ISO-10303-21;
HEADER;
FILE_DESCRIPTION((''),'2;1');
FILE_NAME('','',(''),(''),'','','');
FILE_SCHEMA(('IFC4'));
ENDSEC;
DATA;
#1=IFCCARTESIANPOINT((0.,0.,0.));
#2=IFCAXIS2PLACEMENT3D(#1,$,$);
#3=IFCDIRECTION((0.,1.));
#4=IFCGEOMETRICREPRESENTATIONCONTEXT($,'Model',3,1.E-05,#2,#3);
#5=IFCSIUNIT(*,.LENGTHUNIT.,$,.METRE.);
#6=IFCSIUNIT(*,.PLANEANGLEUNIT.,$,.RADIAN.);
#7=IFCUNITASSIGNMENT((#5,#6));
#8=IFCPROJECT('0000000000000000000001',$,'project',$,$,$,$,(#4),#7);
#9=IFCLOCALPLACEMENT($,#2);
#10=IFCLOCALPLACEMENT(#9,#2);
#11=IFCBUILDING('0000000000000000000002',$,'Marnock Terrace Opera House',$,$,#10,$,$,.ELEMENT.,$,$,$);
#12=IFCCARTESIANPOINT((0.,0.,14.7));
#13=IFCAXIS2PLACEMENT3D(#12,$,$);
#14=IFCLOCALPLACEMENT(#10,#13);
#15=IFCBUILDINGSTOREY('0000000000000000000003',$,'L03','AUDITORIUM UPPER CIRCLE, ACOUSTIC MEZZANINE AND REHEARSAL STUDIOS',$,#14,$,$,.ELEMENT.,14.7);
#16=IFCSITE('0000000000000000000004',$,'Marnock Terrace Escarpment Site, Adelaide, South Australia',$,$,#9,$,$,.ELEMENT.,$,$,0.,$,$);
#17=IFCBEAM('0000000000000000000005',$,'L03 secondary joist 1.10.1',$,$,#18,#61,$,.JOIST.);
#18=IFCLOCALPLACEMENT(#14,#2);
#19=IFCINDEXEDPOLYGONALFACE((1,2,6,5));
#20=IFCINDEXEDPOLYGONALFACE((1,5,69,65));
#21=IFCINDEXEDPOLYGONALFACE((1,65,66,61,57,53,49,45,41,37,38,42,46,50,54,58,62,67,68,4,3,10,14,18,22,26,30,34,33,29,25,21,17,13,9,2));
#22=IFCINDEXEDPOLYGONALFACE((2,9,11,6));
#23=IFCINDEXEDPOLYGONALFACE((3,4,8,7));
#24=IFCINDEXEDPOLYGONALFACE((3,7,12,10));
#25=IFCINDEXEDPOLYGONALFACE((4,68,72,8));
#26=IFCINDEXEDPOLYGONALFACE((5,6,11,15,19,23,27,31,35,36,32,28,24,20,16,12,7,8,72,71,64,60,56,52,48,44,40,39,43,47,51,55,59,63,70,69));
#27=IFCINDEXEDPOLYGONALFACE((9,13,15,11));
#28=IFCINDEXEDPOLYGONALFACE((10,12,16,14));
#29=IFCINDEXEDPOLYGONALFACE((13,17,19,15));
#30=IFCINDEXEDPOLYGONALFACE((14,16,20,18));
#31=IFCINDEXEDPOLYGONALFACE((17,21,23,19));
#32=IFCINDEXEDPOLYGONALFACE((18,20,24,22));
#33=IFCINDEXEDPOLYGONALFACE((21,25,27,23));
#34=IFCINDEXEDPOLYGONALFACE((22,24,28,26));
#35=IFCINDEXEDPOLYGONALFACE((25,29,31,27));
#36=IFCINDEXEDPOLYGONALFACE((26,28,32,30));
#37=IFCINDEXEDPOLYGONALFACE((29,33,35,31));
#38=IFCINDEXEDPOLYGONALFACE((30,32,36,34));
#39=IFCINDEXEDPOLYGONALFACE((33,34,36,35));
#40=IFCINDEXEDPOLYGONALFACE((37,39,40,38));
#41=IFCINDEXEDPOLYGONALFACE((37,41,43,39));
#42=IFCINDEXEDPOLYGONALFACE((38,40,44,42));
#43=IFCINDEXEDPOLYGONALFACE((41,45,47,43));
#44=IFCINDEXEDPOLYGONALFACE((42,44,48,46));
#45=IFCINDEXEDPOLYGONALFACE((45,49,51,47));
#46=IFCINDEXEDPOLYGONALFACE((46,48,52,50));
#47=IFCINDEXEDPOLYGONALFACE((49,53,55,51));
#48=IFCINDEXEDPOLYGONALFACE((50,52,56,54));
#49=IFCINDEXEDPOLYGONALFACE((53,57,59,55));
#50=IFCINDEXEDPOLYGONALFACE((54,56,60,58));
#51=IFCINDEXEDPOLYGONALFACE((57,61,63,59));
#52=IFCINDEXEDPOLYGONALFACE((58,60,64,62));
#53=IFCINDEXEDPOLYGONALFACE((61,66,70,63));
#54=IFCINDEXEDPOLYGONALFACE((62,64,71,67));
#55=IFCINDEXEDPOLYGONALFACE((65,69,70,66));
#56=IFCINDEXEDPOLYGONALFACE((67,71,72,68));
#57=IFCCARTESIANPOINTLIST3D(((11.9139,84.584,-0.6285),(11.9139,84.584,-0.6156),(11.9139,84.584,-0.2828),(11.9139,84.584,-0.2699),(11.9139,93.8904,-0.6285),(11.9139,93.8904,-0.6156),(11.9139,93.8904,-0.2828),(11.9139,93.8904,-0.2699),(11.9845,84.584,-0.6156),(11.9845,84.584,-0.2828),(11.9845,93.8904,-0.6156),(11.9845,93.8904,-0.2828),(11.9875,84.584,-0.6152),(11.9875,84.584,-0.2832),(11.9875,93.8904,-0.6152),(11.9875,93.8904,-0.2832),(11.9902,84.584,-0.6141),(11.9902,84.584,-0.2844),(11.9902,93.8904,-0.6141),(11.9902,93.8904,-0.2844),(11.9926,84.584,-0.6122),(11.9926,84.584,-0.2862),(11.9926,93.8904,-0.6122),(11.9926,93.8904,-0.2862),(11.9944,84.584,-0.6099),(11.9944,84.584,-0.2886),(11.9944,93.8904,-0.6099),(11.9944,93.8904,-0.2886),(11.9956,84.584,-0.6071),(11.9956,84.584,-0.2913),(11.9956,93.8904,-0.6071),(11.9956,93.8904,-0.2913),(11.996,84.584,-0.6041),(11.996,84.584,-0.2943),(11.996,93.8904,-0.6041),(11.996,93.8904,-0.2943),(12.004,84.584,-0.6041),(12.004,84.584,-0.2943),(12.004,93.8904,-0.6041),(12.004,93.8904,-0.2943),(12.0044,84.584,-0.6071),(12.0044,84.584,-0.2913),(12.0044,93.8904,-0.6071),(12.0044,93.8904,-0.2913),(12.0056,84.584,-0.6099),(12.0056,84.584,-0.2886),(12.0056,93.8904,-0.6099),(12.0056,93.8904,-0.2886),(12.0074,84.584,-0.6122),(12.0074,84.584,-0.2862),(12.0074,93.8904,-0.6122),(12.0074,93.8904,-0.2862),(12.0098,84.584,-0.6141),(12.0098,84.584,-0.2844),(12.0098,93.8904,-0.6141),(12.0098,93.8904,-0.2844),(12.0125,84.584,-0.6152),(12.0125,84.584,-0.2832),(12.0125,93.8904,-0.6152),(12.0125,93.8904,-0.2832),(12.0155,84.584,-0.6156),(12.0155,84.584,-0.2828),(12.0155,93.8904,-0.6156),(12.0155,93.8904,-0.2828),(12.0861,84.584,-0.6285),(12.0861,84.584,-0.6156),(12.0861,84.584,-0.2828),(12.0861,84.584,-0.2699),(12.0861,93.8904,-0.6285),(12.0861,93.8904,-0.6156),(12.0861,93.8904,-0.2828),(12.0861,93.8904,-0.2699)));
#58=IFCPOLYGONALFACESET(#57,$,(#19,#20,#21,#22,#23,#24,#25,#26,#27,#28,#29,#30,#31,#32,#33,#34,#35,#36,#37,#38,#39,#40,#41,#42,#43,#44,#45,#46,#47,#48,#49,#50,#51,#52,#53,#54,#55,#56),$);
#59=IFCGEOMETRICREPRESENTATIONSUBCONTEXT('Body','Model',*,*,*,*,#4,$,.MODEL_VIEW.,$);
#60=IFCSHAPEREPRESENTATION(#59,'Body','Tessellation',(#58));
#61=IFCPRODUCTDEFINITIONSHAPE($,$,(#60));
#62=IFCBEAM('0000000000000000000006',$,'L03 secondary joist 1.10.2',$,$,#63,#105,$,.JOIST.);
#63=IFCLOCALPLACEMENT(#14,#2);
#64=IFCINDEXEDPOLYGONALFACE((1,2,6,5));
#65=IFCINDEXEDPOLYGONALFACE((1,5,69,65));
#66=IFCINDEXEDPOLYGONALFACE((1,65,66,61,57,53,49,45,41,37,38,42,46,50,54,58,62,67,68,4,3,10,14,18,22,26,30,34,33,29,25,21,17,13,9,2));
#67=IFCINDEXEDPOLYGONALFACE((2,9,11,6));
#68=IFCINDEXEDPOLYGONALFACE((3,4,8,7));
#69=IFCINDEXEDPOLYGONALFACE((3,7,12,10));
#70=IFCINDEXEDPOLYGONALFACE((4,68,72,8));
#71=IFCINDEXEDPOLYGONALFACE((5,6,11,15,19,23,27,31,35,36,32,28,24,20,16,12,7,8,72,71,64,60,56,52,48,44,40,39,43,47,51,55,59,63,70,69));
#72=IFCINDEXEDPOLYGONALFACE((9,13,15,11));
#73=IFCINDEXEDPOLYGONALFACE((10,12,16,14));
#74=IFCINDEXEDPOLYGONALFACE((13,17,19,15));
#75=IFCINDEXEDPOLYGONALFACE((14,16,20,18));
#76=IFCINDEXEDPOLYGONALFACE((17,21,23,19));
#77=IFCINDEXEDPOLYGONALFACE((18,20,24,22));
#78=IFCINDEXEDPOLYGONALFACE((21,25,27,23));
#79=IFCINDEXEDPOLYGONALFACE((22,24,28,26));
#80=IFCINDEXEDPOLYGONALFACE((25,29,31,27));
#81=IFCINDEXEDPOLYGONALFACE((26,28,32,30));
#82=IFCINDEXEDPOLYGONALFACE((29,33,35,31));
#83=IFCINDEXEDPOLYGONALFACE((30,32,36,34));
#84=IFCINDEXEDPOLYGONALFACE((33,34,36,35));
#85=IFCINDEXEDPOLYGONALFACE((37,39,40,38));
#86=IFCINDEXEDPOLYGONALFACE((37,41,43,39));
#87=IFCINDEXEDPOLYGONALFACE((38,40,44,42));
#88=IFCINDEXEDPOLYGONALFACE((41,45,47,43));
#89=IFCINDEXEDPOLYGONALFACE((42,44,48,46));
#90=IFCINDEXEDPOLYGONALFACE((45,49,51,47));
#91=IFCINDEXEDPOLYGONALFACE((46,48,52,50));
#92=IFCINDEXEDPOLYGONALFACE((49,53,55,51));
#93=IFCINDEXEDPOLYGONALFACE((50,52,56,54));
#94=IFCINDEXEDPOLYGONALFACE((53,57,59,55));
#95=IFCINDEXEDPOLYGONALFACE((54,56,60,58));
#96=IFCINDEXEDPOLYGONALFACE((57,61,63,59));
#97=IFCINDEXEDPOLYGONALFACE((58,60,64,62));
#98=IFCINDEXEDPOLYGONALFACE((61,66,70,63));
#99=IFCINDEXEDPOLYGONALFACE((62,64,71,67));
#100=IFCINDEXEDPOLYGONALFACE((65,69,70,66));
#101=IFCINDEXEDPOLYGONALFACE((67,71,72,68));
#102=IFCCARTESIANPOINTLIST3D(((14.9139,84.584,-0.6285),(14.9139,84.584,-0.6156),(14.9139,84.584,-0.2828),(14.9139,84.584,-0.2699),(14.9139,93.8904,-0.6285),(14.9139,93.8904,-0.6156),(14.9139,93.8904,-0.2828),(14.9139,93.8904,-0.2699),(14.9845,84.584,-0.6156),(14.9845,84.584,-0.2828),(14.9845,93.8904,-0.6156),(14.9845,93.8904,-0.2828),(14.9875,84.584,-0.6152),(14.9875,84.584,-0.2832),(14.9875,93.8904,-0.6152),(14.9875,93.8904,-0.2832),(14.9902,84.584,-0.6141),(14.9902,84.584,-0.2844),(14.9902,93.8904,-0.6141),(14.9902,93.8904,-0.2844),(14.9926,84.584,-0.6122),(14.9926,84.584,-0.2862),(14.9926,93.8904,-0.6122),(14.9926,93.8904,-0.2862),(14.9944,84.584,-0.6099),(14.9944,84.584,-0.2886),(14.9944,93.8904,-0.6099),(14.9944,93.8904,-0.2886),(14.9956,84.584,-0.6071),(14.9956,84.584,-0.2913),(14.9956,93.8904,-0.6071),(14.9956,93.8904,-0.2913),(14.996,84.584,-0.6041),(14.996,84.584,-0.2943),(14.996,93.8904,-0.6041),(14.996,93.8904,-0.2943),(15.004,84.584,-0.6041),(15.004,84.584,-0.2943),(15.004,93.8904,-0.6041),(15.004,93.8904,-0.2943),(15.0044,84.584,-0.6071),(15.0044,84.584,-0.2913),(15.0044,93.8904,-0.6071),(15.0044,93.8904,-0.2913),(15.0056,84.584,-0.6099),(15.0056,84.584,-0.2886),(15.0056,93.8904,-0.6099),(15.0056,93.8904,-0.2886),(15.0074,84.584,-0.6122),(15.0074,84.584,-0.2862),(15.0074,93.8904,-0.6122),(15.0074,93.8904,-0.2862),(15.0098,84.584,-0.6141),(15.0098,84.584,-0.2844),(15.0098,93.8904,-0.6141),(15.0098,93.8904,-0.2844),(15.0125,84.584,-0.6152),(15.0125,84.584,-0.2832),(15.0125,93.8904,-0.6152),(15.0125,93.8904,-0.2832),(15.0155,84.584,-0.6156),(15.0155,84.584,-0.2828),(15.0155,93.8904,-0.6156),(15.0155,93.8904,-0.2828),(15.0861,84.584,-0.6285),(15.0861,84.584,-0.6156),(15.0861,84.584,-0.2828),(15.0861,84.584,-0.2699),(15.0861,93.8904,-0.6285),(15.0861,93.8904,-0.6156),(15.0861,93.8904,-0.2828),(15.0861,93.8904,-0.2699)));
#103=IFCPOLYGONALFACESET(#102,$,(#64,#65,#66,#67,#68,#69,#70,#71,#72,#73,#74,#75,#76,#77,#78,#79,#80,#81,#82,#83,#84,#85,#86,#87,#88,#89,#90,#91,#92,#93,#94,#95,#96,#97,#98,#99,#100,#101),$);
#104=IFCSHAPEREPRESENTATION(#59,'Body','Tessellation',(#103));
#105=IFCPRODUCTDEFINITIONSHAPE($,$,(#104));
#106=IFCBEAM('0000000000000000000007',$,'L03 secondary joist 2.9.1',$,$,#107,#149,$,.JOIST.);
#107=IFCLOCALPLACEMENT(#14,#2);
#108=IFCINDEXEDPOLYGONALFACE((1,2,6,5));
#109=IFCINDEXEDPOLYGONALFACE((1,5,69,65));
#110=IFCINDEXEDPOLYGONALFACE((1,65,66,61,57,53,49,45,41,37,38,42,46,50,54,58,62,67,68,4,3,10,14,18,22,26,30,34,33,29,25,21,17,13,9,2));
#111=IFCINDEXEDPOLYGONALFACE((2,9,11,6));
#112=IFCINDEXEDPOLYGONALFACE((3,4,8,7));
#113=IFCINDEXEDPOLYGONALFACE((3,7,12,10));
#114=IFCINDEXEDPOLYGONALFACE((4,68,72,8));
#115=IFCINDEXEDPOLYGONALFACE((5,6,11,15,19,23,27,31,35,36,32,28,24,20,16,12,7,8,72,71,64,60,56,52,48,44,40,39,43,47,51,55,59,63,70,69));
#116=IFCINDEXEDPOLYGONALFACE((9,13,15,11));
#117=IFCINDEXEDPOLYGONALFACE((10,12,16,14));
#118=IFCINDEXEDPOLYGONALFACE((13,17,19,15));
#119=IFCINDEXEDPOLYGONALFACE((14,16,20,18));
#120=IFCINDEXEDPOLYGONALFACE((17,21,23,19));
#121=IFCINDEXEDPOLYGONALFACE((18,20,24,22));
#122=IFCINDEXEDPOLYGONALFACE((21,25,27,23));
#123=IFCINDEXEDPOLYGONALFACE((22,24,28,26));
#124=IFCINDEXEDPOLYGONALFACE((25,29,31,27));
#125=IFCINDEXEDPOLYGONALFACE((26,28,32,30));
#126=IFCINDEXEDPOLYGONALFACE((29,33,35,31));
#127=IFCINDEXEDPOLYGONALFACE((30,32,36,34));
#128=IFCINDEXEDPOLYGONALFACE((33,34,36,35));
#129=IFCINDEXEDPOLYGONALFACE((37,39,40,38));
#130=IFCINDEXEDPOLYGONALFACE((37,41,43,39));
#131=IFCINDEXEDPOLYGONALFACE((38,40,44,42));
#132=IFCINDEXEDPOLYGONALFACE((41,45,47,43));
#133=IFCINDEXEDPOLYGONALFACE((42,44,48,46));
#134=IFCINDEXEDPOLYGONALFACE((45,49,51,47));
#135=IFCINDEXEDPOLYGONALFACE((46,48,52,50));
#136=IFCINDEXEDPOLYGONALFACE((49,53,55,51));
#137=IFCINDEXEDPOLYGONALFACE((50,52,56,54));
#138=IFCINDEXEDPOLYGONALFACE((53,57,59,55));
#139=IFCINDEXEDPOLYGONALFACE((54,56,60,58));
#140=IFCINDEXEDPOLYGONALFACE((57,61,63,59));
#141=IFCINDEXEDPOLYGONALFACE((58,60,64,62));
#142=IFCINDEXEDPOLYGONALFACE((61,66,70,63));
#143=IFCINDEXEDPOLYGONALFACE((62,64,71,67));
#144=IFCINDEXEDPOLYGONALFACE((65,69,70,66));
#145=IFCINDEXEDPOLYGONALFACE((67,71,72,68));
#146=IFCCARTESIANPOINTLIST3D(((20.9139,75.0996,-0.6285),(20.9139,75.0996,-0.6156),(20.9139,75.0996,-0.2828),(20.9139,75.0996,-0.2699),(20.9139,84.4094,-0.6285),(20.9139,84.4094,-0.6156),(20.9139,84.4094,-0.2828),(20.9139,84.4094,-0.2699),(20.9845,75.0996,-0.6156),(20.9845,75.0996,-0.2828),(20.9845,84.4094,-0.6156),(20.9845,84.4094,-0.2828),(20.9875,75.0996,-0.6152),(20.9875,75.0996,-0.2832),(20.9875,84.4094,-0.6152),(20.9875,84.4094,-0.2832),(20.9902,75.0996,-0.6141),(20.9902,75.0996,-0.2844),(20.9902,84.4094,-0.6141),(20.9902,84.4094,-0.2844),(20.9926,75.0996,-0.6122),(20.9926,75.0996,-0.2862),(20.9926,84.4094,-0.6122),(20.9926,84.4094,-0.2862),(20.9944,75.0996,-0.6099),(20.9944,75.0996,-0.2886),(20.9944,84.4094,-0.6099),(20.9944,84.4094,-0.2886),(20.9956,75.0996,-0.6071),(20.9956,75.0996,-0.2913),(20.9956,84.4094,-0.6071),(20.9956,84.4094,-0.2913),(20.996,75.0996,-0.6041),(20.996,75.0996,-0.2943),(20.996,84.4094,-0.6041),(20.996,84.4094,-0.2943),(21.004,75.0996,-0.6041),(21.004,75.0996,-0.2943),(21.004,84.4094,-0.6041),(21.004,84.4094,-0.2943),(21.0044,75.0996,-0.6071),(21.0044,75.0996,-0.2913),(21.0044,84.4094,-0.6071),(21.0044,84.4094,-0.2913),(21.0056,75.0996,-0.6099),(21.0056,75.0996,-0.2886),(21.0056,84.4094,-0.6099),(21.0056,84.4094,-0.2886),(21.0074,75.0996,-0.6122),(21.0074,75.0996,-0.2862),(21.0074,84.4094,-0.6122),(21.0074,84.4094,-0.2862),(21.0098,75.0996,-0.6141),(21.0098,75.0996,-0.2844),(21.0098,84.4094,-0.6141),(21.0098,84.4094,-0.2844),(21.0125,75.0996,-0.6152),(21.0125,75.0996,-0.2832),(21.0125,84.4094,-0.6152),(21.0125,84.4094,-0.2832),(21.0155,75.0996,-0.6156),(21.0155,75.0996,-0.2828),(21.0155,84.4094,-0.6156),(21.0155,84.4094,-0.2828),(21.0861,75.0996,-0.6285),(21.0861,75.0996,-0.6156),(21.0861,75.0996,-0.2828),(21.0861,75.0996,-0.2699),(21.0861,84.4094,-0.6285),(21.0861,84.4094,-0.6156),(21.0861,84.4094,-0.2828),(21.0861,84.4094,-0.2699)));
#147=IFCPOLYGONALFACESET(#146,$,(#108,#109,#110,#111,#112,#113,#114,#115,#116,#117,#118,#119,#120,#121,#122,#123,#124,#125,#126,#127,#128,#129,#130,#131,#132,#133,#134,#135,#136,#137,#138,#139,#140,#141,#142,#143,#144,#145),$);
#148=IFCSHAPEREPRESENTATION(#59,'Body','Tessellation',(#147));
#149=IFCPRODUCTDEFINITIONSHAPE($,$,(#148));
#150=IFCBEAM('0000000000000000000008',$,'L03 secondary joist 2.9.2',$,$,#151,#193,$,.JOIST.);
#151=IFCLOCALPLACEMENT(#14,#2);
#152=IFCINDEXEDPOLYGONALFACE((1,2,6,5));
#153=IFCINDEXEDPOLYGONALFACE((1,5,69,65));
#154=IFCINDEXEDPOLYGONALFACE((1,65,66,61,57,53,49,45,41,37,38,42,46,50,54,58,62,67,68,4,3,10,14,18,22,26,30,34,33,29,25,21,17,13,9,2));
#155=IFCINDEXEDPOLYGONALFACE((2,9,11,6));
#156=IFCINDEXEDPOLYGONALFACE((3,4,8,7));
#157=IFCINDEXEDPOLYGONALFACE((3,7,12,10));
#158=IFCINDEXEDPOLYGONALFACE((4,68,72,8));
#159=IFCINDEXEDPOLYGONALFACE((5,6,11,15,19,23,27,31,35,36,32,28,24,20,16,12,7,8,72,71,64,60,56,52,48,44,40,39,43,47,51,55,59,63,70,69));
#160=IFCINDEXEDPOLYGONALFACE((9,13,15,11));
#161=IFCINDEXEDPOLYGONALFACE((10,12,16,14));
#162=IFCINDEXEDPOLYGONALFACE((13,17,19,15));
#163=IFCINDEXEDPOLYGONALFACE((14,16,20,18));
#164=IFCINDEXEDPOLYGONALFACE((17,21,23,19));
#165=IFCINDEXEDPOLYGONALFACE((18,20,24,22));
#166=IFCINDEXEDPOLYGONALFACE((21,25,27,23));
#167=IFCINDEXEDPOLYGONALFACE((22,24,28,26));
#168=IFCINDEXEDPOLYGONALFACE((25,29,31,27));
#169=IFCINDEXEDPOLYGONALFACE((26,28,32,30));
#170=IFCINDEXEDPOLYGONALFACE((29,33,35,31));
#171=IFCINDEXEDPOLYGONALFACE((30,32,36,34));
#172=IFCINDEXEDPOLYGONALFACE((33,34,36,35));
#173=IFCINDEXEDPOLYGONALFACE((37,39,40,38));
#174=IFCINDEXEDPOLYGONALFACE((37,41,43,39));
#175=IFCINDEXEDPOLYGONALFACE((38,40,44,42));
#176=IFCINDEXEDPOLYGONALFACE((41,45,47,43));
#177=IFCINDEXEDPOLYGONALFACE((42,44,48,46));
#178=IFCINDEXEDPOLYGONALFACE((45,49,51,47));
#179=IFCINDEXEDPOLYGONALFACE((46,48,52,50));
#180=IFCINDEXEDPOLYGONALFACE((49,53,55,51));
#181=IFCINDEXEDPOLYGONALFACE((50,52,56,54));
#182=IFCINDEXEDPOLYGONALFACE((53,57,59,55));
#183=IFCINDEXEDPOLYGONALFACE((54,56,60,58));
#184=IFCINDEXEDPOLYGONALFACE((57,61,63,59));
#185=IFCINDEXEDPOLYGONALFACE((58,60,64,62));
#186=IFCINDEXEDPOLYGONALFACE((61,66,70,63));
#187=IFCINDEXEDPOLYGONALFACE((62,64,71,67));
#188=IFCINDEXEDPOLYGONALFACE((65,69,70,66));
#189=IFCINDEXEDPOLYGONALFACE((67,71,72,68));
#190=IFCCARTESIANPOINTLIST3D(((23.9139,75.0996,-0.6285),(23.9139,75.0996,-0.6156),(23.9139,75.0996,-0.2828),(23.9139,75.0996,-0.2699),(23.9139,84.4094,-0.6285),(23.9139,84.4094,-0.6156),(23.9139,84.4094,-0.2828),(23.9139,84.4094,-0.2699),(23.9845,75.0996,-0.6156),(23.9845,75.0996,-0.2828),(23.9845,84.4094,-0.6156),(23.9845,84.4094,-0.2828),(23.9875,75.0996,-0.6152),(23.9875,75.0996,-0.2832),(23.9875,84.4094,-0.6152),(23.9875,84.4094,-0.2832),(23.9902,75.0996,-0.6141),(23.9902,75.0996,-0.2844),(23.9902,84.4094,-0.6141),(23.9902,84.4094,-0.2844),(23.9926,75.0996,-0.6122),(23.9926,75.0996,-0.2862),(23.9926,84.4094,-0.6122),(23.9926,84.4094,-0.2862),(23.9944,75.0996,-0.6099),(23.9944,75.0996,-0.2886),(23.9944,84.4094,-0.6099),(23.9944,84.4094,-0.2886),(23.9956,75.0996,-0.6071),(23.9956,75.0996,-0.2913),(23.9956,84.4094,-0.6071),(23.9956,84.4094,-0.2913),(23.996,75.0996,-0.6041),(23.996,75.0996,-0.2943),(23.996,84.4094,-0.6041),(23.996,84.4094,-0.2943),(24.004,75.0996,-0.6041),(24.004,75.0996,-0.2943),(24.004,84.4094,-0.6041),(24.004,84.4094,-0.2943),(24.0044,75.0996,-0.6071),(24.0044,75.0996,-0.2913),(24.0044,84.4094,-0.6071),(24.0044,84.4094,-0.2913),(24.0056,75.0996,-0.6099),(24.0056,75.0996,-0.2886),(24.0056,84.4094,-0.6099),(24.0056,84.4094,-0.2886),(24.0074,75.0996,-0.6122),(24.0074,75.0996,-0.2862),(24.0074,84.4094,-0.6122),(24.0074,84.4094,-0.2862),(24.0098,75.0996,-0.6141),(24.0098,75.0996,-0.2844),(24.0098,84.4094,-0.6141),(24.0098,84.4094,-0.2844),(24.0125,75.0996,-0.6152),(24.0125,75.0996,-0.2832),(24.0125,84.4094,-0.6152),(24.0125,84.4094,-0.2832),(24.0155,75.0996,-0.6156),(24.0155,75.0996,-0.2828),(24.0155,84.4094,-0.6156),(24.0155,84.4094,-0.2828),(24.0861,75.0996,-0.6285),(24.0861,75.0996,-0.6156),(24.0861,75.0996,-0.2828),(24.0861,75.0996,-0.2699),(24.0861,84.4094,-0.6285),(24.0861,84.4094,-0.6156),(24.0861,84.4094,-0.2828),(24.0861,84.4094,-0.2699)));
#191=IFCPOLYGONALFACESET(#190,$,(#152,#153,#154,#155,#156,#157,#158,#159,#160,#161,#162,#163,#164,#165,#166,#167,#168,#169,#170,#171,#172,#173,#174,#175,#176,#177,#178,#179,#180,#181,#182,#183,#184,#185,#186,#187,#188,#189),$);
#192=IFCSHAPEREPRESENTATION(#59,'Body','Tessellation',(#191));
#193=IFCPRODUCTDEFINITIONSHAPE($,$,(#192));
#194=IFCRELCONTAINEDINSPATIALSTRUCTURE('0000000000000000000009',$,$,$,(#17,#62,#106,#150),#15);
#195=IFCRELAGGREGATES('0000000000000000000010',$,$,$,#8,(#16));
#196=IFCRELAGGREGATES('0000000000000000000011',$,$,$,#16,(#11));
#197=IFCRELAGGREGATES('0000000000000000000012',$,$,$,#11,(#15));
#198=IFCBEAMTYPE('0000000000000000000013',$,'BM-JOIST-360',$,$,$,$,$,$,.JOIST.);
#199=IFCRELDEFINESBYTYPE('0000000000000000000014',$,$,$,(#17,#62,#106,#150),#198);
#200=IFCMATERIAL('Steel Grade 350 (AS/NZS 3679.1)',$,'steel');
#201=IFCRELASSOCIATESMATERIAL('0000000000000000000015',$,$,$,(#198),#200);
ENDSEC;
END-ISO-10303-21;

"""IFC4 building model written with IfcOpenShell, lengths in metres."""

from ifc_helpers import new_model, si_unit, direction, frame, origin, origin_2d, place, context, subcontext, project, spatial, i_section, extrude, material, material_profile, profile_set, type_object, element, save


model = new_model("IFC4")

# Units and contexts
model_context = context("Model", 3, precision=1e-05, world=origin(), true_north=direction((0.0, 1.0)))
body_context = subcontext(model_context, "Body", "Model", "MODEL_VIEW")
ifc_project = project(units=[si_unit("LENGTHUNIT", "METRE"), si_unit("PLANEANGLEUNIT", "RADIAN")], contexts=[model_context])

# Site, building, storey
site_placement = place(None, origin())
site = spatial("IfcSite", under=ifc_project, at=site_placement, Name="Marnock Terrace Escarpment Site, Adelaide, South Australia", CompositionType="ELEMENT", RefElevation=0.0)
building_placement = place(site_placement, origin())
building = spatial("IfcBuilding", under=site, at=building_placement, Name="Marnock Terrace Opera House", CompositionType="ELEMENT")
storey_placement = place(building_placement, frame((0.0, 0.0, 14.7)))
storey = spatial("IfcBuildingStorey", under=building, at=storey_placement, Name="L03", Description="AUDITORIUM UPPER CIRCLE, ACOUSTIC MEZZANINE AND REHEARSAL STUDIOS", CompositionType="ELEMENT", Elevation=14.7)

# Beams
ifc_material = material(Name="Steel Grade 350 (AS/NZS 3679.1)", Category="steel")
ifc_material_profile_1 = material_profile(ifc_material, i_section(OverallWidth=0.1721, OverallDepth=0.3586, WebThickness=0.0081, FlangeThickness=0.0129, FilletRadius=0.0115, at=origin_2d()))
ifc_profile_set_1 = profile_set([ifc_material_profile_1], Name="Steel Grade 350 (AS/NZS 3679.1)")
beam_type_1 = type_object("IfcBeamType", Name="BM-JOIST-360", PredefinedType="JOIST", material=ifc_profile_set_1)
for number, where, z_axis, x_axis, name in (
    (1, (12.0, 84.584, -0.4492), (0.0, 1.0, 0.0), (-1.0, 0.0, 0.0), "L03 secondary joist 1.10.1"),
    (2, (15.0, 84.584, -0.4492), (0.0, 1.0, 0.0), (-1.0, 0.0, 0.0), "L03 secondary joist 1.10.2"),
):
    element("IfcBeam", number, at=place(storey_placement, frame(where, z_axis=z_axis, x_axis=x_axis)), inside=storey, type_object=beam_type_1, Name=name, PredefinedType="JOIST", context=body_context, shape_type="SweptSolid", body=[
        extrude(i_section(OverallWidth=0.1721, OverallDepth=0.3586, WebThickness=0.0081, FlangeThickness=0.0129, FilletRadius=0.0115, at=origin_2d()), origin(), (0.0, 0.0, 1.0), 9.3064),
    ])
for number, where, z_axis, x_axis, name in (
    (3, (21.0, 75.0996, -0.4492), (0.0, 1.0, 0.0), (-1.0, 0.0, 0.0), "L03 secondary joist 2.9.1"),
    (4, (24.0, 75.0996, -0.4492), (0.0, 1.0, 0.0), (-1.0, 0.0, 0.0), "L03 secondary joist 2.9.2"),
):
    element("IfcBeam", number, at=place(storey_placement, frame(where, z_axis=z_axis, x_axis=x_axis)), inside=storey, type_object=beam_type_1, Name=name, PredefinedType="JOIST", context=body_context, shape_type="SweptSolid", body=[
        extrude(i_section(OverallWidth=0.1721, OverallDepth=0.3586, WebThickness=0.0081, FlangeThickness=0.0129, FilletRadius=0.0115, at=origin_2d()), origin(), (0.0, 0.0, 1.0), 9.3098),
    ])

save(model, "model.ifc")
